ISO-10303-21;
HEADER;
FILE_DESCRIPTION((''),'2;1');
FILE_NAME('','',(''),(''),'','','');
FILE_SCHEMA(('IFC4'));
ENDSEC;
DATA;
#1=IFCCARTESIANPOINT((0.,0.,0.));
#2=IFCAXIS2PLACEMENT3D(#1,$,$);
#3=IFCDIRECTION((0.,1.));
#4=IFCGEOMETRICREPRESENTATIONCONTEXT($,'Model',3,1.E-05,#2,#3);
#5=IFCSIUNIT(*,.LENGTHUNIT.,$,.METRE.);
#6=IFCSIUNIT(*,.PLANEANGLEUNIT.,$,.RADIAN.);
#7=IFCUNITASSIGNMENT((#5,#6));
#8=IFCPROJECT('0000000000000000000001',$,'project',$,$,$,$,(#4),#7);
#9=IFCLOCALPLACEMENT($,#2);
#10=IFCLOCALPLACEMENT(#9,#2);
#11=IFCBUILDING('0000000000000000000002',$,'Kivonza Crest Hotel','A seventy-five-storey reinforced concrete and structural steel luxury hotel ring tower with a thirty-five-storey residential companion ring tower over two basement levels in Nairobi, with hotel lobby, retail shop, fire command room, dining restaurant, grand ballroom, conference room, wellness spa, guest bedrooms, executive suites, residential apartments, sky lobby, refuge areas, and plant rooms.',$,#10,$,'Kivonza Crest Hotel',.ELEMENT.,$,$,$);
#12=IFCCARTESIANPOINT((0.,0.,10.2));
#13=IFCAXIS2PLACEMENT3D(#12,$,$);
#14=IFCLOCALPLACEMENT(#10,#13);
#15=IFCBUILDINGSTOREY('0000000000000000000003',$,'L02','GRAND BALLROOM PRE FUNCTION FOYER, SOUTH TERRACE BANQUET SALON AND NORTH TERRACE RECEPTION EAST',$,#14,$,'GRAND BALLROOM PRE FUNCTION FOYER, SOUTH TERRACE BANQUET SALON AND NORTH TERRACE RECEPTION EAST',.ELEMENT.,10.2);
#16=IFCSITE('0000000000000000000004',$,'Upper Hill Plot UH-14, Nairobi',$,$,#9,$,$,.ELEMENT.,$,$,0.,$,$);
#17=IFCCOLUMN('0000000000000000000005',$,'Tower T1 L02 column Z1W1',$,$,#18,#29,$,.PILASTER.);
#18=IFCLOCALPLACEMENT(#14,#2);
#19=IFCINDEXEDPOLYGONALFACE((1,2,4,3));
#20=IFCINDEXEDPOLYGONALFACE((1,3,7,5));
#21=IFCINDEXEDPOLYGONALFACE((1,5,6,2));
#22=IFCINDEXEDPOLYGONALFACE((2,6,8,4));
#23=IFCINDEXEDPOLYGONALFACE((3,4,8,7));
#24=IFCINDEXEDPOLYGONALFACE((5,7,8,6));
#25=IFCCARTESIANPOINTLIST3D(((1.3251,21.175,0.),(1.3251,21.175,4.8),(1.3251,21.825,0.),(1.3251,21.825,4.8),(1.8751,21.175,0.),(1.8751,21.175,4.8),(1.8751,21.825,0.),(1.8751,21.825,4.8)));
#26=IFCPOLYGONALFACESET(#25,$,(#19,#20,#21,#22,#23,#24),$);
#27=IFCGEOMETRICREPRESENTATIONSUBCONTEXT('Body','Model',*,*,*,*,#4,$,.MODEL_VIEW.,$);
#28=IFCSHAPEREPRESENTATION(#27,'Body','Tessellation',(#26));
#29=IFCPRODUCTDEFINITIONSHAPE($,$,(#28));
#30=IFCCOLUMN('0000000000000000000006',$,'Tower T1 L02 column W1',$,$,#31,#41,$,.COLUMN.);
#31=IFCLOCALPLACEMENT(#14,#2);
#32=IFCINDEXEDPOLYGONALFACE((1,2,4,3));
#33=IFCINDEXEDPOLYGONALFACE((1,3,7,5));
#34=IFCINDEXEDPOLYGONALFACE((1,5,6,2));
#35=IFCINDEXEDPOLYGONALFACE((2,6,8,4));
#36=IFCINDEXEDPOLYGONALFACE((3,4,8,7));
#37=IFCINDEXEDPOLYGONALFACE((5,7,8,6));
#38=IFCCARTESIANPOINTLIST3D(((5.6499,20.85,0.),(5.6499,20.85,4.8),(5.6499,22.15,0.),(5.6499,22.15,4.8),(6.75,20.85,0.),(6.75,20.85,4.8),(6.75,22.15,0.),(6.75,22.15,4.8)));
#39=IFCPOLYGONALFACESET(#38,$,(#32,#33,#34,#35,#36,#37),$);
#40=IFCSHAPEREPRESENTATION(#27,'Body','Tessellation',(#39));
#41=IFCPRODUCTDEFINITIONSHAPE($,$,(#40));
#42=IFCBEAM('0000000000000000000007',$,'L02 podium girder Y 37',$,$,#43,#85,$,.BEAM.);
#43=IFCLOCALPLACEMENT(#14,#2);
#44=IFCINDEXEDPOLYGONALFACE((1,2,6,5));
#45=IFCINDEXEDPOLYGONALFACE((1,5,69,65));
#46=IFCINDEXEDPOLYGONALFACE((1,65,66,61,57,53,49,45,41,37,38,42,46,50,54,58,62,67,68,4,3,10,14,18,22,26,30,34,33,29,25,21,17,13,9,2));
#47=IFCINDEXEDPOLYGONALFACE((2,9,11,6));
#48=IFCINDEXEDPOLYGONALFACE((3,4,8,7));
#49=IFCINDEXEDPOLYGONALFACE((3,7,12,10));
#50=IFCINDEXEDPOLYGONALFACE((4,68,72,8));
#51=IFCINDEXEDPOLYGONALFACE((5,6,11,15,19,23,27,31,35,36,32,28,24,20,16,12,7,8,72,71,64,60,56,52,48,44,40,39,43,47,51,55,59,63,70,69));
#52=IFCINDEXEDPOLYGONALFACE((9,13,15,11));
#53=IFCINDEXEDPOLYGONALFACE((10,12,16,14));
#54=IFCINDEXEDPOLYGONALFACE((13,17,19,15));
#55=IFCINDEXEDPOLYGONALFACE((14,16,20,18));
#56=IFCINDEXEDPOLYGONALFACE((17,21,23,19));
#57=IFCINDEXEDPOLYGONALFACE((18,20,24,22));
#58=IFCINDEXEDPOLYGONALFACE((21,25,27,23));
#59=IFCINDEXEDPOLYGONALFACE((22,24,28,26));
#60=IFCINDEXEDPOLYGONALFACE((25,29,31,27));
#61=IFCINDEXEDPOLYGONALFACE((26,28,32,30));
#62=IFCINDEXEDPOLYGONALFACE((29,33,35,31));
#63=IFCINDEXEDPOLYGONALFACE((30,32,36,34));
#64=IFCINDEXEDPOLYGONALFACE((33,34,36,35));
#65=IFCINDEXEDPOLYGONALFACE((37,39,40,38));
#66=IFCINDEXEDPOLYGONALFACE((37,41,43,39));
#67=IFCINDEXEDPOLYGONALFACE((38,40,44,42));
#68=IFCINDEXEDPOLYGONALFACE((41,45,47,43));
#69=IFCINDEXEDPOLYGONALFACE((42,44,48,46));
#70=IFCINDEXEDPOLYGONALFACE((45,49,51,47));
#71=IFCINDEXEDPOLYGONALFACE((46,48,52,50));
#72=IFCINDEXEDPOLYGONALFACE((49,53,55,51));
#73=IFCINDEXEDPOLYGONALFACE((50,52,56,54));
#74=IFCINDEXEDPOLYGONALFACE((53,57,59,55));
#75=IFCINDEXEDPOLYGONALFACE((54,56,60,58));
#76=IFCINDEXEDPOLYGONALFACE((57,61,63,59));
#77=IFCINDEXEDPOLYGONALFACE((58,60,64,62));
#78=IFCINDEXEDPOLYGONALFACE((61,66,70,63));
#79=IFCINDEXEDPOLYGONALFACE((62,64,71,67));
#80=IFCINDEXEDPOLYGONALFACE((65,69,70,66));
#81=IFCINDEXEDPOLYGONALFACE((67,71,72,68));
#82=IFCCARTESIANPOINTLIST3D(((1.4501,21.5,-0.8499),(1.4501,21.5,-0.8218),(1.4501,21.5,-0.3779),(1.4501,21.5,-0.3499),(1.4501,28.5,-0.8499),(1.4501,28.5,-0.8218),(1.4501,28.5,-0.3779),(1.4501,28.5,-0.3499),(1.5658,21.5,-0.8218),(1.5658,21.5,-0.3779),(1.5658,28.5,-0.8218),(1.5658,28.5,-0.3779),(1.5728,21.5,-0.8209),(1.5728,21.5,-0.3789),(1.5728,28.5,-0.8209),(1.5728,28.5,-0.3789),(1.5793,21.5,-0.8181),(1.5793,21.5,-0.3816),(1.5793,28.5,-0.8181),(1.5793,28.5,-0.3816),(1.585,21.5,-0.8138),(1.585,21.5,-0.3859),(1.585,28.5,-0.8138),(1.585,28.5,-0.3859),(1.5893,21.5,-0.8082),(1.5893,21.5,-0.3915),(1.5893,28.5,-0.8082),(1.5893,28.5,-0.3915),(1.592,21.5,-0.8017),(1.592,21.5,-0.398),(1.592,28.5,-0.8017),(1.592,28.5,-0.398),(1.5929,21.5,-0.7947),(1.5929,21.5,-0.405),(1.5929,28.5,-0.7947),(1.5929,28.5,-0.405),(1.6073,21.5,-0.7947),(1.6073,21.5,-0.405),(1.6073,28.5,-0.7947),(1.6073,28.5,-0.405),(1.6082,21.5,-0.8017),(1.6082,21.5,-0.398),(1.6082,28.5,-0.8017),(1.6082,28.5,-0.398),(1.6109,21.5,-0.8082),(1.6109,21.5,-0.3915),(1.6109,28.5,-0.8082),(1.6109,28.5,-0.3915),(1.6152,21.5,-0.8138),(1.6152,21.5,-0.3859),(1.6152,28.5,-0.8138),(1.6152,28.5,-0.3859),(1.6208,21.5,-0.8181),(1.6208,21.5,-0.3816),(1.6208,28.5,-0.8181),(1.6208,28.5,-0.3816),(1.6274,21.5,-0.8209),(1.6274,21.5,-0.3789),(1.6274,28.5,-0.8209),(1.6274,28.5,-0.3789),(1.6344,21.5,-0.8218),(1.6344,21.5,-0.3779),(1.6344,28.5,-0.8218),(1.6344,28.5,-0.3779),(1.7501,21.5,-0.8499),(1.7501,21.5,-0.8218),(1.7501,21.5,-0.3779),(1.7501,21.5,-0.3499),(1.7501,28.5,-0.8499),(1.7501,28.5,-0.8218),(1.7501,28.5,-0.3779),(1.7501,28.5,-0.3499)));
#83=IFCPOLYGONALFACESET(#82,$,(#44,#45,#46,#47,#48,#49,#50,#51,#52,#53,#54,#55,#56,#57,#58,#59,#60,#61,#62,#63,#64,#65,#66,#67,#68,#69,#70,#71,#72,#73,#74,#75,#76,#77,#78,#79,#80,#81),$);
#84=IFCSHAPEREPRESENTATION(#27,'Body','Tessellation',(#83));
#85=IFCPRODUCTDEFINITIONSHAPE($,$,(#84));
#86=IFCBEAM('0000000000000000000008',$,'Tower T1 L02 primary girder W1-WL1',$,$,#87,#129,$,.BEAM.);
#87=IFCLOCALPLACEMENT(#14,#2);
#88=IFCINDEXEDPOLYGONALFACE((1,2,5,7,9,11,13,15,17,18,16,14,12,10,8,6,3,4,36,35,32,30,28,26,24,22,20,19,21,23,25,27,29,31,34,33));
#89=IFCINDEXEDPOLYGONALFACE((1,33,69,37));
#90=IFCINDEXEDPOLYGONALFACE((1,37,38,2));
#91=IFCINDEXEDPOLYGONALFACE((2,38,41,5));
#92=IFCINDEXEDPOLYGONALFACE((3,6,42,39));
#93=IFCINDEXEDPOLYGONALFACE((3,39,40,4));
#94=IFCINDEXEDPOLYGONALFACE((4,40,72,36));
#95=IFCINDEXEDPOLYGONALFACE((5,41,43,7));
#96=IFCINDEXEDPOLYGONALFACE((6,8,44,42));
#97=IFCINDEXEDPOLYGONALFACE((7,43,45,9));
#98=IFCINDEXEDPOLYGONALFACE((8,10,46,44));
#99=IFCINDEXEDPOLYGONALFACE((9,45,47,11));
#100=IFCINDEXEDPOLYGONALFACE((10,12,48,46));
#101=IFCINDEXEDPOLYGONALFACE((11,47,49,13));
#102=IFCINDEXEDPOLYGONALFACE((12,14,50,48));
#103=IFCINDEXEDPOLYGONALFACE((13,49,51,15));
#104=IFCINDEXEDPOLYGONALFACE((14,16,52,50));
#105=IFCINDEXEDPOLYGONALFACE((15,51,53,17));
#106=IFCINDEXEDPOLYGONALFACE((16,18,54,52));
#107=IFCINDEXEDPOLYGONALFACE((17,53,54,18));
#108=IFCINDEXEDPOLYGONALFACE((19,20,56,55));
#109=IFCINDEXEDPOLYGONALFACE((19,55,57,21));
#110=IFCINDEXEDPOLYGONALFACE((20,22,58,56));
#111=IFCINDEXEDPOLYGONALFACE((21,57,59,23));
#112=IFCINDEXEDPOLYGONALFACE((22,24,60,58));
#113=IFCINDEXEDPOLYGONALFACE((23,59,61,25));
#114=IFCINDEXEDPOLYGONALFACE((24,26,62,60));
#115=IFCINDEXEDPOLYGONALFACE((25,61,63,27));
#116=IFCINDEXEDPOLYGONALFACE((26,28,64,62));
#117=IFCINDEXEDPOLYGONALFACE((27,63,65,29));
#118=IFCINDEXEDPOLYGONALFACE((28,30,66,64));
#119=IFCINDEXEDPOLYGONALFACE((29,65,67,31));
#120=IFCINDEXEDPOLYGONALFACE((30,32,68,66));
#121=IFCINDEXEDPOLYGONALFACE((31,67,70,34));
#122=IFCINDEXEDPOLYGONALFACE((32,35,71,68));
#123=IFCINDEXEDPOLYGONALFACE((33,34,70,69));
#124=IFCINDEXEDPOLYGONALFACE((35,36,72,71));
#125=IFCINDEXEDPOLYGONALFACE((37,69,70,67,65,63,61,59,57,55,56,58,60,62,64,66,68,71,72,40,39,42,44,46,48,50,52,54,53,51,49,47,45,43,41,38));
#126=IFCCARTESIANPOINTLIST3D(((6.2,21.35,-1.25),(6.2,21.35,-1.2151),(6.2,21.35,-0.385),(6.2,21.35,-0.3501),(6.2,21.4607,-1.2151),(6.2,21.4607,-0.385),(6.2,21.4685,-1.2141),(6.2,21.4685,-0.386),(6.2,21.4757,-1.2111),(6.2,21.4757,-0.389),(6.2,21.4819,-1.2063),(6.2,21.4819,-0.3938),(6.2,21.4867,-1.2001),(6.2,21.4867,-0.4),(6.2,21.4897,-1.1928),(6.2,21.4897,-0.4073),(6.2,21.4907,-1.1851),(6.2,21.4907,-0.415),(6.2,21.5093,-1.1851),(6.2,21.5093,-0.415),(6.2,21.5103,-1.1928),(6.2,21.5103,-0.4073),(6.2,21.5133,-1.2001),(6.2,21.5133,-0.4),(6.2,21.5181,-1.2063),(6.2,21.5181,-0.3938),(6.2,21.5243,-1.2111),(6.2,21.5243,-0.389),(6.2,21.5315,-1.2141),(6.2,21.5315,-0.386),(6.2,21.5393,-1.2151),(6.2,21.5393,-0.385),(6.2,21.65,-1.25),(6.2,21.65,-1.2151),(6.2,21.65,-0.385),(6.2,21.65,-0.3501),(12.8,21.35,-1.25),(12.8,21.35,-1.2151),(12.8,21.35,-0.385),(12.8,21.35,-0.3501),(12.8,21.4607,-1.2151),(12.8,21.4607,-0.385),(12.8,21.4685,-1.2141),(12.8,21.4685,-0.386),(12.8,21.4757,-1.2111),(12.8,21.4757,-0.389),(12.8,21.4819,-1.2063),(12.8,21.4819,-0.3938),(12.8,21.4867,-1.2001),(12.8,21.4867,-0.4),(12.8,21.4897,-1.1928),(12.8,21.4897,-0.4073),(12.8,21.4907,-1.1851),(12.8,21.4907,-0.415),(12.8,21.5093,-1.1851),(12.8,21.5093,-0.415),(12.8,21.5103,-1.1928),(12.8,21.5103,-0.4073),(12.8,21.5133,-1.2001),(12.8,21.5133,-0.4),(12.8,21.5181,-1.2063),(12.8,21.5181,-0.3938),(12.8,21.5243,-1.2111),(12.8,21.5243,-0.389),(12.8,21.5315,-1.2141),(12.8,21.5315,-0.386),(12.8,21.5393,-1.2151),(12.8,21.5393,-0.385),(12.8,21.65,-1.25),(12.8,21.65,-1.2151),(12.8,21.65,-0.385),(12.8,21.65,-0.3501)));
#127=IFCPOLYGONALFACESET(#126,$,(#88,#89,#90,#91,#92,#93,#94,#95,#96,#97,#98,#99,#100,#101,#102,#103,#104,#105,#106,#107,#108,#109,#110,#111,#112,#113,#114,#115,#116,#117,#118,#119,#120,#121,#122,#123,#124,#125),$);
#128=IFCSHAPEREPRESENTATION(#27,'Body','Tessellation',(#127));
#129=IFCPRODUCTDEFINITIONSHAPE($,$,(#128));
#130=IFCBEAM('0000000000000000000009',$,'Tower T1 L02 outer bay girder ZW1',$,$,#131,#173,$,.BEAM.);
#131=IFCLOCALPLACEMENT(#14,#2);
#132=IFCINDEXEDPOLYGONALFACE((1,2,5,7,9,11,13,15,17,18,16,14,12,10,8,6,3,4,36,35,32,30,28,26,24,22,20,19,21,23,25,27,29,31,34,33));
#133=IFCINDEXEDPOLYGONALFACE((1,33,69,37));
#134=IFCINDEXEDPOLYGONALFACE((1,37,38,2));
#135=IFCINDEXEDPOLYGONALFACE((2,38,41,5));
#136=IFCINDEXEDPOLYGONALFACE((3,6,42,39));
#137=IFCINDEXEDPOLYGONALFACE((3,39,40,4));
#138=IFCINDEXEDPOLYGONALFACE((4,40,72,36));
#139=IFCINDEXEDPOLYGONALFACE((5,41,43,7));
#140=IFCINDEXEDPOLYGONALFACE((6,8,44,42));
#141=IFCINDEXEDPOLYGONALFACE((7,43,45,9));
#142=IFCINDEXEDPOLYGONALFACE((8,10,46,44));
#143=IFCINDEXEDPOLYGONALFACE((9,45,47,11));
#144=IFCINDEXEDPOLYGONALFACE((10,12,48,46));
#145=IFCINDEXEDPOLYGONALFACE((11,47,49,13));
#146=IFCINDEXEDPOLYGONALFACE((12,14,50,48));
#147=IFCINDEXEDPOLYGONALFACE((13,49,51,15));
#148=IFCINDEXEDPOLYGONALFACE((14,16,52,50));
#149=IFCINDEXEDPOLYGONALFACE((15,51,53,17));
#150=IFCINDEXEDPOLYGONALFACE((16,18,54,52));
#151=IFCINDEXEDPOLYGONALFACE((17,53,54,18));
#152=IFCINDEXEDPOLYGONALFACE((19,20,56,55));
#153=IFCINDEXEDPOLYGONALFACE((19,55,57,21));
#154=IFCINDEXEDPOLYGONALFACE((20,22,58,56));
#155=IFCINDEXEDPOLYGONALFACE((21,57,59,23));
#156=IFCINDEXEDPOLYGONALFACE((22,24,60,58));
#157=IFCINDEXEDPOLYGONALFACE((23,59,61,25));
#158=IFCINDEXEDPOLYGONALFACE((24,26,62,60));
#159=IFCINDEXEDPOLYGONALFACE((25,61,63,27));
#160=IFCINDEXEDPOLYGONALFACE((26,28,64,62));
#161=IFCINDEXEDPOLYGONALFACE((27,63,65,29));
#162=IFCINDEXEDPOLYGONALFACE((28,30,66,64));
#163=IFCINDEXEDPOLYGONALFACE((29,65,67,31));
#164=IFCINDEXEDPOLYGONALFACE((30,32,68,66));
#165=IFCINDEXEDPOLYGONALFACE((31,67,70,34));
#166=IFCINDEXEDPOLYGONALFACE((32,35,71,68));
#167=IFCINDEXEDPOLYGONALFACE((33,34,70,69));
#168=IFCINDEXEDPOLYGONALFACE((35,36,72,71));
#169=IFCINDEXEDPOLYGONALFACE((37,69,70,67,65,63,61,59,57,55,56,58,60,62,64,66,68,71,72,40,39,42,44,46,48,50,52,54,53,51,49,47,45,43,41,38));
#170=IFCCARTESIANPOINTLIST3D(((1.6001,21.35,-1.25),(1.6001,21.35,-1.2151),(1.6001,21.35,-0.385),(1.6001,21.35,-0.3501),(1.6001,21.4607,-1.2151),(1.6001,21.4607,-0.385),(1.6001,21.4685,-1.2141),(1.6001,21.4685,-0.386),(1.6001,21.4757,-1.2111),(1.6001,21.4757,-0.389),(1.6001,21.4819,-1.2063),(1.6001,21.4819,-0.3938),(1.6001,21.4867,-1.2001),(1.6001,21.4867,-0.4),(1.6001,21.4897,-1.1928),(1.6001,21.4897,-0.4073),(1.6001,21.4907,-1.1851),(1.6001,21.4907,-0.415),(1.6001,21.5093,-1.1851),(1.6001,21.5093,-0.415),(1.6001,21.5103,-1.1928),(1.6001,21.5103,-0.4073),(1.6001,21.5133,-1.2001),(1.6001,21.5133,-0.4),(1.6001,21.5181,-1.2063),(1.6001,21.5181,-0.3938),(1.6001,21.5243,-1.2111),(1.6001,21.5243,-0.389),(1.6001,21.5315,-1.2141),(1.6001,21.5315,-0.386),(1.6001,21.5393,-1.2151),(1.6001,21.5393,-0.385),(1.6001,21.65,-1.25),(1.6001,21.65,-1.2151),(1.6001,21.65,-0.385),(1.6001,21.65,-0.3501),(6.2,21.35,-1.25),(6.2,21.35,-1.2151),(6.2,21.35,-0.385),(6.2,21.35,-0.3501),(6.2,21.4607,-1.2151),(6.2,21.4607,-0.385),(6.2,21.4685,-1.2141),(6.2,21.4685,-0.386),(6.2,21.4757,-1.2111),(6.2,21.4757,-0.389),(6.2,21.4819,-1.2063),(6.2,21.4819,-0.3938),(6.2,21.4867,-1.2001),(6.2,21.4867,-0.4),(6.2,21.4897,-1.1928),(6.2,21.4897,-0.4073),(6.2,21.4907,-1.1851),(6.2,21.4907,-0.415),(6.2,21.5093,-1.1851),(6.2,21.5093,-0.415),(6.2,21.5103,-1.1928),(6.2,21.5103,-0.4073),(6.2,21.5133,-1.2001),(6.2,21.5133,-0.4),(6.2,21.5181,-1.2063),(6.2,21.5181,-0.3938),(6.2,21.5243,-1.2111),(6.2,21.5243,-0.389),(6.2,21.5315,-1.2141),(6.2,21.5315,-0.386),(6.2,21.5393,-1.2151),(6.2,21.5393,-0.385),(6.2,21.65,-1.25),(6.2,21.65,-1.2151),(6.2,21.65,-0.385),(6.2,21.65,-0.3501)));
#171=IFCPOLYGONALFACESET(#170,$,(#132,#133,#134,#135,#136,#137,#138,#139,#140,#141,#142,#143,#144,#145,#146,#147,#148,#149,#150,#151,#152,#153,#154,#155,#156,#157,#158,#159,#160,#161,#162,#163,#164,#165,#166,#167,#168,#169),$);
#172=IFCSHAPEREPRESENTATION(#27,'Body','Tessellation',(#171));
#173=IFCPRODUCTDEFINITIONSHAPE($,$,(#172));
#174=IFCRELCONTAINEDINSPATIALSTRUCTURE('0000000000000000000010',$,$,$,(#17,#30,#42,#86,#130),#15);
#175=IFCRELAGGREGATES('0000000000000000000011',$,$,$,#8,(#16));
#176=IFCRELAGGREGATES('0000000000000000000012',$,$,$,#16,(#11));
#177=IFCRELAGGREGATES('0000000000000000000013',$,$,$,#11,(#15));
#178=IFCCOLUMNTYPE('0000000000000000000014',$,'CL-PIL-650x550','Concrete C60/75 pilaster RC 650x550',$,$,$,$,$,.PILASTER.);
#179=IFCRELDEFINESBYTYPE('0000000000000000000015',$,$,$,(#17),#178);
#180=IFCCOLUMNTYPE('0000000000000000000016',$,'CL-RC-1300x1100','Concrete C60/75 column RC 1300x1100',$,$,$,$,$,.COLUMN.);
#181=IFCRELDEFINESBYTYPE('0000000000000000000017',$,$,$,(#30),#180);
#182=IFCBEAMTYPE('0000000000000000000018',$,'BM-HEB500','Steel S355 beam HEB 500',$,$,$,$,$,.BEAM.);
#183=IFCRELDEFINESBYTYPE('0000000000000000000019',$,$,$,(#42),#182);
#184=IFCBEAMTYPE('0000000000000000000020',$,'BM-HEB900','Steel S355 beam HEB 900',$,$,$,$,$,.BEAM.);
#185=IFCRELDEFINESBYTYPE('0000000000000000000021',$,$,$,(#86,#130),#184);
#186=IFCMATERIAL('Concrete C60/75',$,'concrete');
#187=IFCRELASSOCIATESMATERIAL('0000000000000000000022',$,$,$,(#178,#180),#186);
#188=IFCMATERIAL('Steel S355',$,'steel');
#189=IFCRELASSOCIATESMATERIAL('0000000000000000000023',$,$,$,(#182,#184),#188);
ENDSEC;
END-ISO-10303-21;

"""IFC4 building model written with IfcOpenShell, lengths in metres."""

from ifc_helpers import new_model, si_unit, direction, frame, origin, origin_2d, place, context, subcontext, project, spatial, rectangle, i_section, extrude, material, material_profile, profile_set, type_object, element, save


model = new_model("IFC4")

# Units and contexts
model_context = context("Model", 3, precision=1e-05, world=origin(), true_north=direction((0.0, 1.0)))
body_context = subcontext(model_context, "Body", "Model", "MODEL_VIEW")
ifc_project = project(units=[si_unit("LENGTHUNIT", "METRE"), si_unit("PLANEANGLEUNIT", "RADIAN")], contexts=[model_context])

# Site, building, storey
site_placement = place(None, origin())
site = spatial("IfcSite", under=ifc_project, at=site_placement, Name="Upper Hill Plot UH-14, Nairobi", CompositionType="ELEMENT", RefElevation=0.0)
building_placement = place(site_placement, origin())
building = spatial("IfcBuilding", under=site, at=building_placement, Name="Kivonza Crest Hotel", Description="A seventy-five-storey reinforced concrete and structural steel luxury hotel ring tower with a thirty-five-storey residential companion ring tower over two basement levels in Nairobi, with hotel lobby, retail shop, fire command room, dining restaurant, grand ballroom, conference room, wellness spa, guest bedrooms, executive suites, residential apartments, sky lobby, refuge areas, and plant rooms.", LongName="Kivonza Crest Hotel", CompositionType="ELEMENT")
storey_placement = place(building_placement, frame((0.0, 0.0, 10.2)))
storey = spatial("IfcBuildingStorey", under=building, at=storey_placement, Name="L02", Description="GRAND BALLROOM PRE FUNCTION FOYER, SOUTH TERRACE BANQUET SALON AND NORTH TERRACE RECEPTION EAST", LongName="GRAND BALLROOM PRE FUNCTION FOYER, SOUTH TERRACE BANQUET SALON AND NORTH TERRACE RECEPTION EAST", CompositionType="ELEMENT", Elevation=10.2)

# Columns
ifc_material_1 = material(Name="Concrete C60/75", Category="concrete")
ifc_material_profile_1 = material_profile(ifc_material_1, rectangle(XDim=0.55, YDim=0.6499, at=origin_2d()), Name="RC 650x550")
ifc_profile_set_1 = profile_set([ifc_material_profile_1], Name="Concrete C60/75")
column_type_1 = type_object("IfcColumnType", Name="CL-PIL-650x550", Description="Concrete C60/75 pilaster RC 650x550", PredefinedType="PILASTER", material=ifc_profile_set_1)
column_1_placement = place(storey_placement, frame((1.6001, 21.5, 0.0), z_axis=(0.0, 0.0, 1.0), x_axis=(1.0, 0.0, 0.0)))
element("IfcColumn", 1, at=column_1_placement, inside=storey, type_object=column_type_1, Name="Tower T1 L02 column Z1W1", PredefinedType="PILASTER", context=body_context, shape_type="SweptSolid", body=[
    extrude(rectangle(XDim=0.55, YDim=0.6499, at=origin_2d()), origin(), (0.0, 0.0, 1.0), 4.8),
])
ifc_material_profile_2 = material_profile(ifc_material_1, rectangle(XDim=1.1001, YDim=1.3, at=origin_2d()), Name="RC 1300x1100")
ifc_profile_set_2 = profile_set([ifc_material_profile_2], Name="Concrete C60/75")
column_type_2 = type_object("IfcColumnType", Name="CL-RC-1300x1100", Description="Concrete C60/75 column RC 1300x1100", PredefinedType="COLUMN", material=ifc_profile_set_2)
column_2_placement = place(storey_placement, frame((6.2, 21.5, 0.0), z_axis=(0.0, 0.0, 1.0), x_axis=(1.0, 0.0, 0.0)))
element("IfcColumn", 2, at=column_2_placement, inside=storey, type_object=column_type_2, Name="Tower T1 L02 column W1", PredefinedType="COLUMN", context=body_context, shape_type="SweptSolid", body=[
    extrude(rectangle(XDim=1.1001, YDim=1.3, at=origin_2d()), origin(), (0.0, 0.0, 1.0), 4.8),
])

# Beams
ifc_material_2 = material(Name="Steel S355", Category="steel")
ifc_material_profile_3 = material_profile(ifc_material_2, i_section(OverallWidth=0.3, OverallDepth=0.5, WebThickness=0.0144, FlangeThickness=0.0281, FilletRadius=0.0271, at=origin_2d()), Name="HEB 500")
ifc_profile_set_3 = profile_set([ifc_material_profile_3], Name="Steel S355")
beam_type_1 = type_object("IfcBeamType", Name="BM-HEB500", Description="Steel S355 beam HEB 500", PredefinedType="BEAM", material=ifc_profile_set_3)
beam_1_placement = place(storey_placement, frame((1.6001, 21.5, -0.5999), z_axis=(0.0, 1.0, 0.0), x_axis=(-1.0, 0.0, 0.0)))
element("IfcBeam", 3, at=beam_1_placement, inside=storey, type_object=beam_type_1, Name="L02 podium girder Y 37", PredefinedType="BEAM", context=body_context, shape_type="SweptSolid", body=[
    extrude(i_section(OverallWidth=0.3, OverallDepth=0.5, WebThickness=0.0144, FlangeThickness=0.0281, FilletRadius=0.0271, at=origin_2d()), origin(), (0.0, 0.0, 1.0), 7.0),
])
ifc_material_profile_4 = material_profile(ifc_material_2, i_section(OverallWidth=0.3, OverallDepth=0.8999, WebThickness=0.0186, FlangeThickness=0.0349, FilletRadius=0.03, at=origin_2d()), Name="HEB 900")
ifc_profile_set_4 = profile_set([ifc_material_profile_4], Name="Steel S355")
beam_type_2 = type_object("IfcBeamType", Name="BM-HEB900", Description="Steel S355 beam HEB 900", PredefinedType="BEAM", material=ifc_profile_set_4)
beam_2_placement = place(storey_placement, frame((6.2, 21.5, -0.8), z_axis=(1.0, 0.0, 0.0), x_axis=(0.0, 1.0, 0.0)))
element("IfcBeam", 4, at=beam_2_placement, inside=storey, type_object=beam_type_2, Name="Tower T1 L02 primary girder W1-WL1", PredefinedType="BEAM", context=body_context, shape_type="SweptSolid", body=[
    extrude(i_section(OverallWidth=0.3, OverallDepth=0.8999, WebThickness=0.0186, FlangeThickness=0.0349, FilletRadius=0.03, at=origin_2d()), origin(), (0.0, 0.0, 1.0), 6.6001),
])
beam_3_placement = place(storey_placement, frame((1.6001, 21.5, -0.8), z_axis=(1.0, 0.0, 0.0), x_axis=(0.0, 1.0, 0.0)))
element("IfcBeam", 5, at=beam_3_placement, inside=storey, type_object=beam_type_2, Name="Tower T1 L02 outer bay girder ZW1", PredefinedType="BEAM", context=body_context, shape_type="SweptSolid", body=[
    extrude(i_section(OverallWidth=0.3, OverallDepth=0.8999, WebThickness=0.0186, FlangeThickness=0.0349, FilletRadius=0.03, at=origin_2d()), origin(), (0.0, 0.0, 1.0), 4.5999),
])

save(model, "model.ifc")
